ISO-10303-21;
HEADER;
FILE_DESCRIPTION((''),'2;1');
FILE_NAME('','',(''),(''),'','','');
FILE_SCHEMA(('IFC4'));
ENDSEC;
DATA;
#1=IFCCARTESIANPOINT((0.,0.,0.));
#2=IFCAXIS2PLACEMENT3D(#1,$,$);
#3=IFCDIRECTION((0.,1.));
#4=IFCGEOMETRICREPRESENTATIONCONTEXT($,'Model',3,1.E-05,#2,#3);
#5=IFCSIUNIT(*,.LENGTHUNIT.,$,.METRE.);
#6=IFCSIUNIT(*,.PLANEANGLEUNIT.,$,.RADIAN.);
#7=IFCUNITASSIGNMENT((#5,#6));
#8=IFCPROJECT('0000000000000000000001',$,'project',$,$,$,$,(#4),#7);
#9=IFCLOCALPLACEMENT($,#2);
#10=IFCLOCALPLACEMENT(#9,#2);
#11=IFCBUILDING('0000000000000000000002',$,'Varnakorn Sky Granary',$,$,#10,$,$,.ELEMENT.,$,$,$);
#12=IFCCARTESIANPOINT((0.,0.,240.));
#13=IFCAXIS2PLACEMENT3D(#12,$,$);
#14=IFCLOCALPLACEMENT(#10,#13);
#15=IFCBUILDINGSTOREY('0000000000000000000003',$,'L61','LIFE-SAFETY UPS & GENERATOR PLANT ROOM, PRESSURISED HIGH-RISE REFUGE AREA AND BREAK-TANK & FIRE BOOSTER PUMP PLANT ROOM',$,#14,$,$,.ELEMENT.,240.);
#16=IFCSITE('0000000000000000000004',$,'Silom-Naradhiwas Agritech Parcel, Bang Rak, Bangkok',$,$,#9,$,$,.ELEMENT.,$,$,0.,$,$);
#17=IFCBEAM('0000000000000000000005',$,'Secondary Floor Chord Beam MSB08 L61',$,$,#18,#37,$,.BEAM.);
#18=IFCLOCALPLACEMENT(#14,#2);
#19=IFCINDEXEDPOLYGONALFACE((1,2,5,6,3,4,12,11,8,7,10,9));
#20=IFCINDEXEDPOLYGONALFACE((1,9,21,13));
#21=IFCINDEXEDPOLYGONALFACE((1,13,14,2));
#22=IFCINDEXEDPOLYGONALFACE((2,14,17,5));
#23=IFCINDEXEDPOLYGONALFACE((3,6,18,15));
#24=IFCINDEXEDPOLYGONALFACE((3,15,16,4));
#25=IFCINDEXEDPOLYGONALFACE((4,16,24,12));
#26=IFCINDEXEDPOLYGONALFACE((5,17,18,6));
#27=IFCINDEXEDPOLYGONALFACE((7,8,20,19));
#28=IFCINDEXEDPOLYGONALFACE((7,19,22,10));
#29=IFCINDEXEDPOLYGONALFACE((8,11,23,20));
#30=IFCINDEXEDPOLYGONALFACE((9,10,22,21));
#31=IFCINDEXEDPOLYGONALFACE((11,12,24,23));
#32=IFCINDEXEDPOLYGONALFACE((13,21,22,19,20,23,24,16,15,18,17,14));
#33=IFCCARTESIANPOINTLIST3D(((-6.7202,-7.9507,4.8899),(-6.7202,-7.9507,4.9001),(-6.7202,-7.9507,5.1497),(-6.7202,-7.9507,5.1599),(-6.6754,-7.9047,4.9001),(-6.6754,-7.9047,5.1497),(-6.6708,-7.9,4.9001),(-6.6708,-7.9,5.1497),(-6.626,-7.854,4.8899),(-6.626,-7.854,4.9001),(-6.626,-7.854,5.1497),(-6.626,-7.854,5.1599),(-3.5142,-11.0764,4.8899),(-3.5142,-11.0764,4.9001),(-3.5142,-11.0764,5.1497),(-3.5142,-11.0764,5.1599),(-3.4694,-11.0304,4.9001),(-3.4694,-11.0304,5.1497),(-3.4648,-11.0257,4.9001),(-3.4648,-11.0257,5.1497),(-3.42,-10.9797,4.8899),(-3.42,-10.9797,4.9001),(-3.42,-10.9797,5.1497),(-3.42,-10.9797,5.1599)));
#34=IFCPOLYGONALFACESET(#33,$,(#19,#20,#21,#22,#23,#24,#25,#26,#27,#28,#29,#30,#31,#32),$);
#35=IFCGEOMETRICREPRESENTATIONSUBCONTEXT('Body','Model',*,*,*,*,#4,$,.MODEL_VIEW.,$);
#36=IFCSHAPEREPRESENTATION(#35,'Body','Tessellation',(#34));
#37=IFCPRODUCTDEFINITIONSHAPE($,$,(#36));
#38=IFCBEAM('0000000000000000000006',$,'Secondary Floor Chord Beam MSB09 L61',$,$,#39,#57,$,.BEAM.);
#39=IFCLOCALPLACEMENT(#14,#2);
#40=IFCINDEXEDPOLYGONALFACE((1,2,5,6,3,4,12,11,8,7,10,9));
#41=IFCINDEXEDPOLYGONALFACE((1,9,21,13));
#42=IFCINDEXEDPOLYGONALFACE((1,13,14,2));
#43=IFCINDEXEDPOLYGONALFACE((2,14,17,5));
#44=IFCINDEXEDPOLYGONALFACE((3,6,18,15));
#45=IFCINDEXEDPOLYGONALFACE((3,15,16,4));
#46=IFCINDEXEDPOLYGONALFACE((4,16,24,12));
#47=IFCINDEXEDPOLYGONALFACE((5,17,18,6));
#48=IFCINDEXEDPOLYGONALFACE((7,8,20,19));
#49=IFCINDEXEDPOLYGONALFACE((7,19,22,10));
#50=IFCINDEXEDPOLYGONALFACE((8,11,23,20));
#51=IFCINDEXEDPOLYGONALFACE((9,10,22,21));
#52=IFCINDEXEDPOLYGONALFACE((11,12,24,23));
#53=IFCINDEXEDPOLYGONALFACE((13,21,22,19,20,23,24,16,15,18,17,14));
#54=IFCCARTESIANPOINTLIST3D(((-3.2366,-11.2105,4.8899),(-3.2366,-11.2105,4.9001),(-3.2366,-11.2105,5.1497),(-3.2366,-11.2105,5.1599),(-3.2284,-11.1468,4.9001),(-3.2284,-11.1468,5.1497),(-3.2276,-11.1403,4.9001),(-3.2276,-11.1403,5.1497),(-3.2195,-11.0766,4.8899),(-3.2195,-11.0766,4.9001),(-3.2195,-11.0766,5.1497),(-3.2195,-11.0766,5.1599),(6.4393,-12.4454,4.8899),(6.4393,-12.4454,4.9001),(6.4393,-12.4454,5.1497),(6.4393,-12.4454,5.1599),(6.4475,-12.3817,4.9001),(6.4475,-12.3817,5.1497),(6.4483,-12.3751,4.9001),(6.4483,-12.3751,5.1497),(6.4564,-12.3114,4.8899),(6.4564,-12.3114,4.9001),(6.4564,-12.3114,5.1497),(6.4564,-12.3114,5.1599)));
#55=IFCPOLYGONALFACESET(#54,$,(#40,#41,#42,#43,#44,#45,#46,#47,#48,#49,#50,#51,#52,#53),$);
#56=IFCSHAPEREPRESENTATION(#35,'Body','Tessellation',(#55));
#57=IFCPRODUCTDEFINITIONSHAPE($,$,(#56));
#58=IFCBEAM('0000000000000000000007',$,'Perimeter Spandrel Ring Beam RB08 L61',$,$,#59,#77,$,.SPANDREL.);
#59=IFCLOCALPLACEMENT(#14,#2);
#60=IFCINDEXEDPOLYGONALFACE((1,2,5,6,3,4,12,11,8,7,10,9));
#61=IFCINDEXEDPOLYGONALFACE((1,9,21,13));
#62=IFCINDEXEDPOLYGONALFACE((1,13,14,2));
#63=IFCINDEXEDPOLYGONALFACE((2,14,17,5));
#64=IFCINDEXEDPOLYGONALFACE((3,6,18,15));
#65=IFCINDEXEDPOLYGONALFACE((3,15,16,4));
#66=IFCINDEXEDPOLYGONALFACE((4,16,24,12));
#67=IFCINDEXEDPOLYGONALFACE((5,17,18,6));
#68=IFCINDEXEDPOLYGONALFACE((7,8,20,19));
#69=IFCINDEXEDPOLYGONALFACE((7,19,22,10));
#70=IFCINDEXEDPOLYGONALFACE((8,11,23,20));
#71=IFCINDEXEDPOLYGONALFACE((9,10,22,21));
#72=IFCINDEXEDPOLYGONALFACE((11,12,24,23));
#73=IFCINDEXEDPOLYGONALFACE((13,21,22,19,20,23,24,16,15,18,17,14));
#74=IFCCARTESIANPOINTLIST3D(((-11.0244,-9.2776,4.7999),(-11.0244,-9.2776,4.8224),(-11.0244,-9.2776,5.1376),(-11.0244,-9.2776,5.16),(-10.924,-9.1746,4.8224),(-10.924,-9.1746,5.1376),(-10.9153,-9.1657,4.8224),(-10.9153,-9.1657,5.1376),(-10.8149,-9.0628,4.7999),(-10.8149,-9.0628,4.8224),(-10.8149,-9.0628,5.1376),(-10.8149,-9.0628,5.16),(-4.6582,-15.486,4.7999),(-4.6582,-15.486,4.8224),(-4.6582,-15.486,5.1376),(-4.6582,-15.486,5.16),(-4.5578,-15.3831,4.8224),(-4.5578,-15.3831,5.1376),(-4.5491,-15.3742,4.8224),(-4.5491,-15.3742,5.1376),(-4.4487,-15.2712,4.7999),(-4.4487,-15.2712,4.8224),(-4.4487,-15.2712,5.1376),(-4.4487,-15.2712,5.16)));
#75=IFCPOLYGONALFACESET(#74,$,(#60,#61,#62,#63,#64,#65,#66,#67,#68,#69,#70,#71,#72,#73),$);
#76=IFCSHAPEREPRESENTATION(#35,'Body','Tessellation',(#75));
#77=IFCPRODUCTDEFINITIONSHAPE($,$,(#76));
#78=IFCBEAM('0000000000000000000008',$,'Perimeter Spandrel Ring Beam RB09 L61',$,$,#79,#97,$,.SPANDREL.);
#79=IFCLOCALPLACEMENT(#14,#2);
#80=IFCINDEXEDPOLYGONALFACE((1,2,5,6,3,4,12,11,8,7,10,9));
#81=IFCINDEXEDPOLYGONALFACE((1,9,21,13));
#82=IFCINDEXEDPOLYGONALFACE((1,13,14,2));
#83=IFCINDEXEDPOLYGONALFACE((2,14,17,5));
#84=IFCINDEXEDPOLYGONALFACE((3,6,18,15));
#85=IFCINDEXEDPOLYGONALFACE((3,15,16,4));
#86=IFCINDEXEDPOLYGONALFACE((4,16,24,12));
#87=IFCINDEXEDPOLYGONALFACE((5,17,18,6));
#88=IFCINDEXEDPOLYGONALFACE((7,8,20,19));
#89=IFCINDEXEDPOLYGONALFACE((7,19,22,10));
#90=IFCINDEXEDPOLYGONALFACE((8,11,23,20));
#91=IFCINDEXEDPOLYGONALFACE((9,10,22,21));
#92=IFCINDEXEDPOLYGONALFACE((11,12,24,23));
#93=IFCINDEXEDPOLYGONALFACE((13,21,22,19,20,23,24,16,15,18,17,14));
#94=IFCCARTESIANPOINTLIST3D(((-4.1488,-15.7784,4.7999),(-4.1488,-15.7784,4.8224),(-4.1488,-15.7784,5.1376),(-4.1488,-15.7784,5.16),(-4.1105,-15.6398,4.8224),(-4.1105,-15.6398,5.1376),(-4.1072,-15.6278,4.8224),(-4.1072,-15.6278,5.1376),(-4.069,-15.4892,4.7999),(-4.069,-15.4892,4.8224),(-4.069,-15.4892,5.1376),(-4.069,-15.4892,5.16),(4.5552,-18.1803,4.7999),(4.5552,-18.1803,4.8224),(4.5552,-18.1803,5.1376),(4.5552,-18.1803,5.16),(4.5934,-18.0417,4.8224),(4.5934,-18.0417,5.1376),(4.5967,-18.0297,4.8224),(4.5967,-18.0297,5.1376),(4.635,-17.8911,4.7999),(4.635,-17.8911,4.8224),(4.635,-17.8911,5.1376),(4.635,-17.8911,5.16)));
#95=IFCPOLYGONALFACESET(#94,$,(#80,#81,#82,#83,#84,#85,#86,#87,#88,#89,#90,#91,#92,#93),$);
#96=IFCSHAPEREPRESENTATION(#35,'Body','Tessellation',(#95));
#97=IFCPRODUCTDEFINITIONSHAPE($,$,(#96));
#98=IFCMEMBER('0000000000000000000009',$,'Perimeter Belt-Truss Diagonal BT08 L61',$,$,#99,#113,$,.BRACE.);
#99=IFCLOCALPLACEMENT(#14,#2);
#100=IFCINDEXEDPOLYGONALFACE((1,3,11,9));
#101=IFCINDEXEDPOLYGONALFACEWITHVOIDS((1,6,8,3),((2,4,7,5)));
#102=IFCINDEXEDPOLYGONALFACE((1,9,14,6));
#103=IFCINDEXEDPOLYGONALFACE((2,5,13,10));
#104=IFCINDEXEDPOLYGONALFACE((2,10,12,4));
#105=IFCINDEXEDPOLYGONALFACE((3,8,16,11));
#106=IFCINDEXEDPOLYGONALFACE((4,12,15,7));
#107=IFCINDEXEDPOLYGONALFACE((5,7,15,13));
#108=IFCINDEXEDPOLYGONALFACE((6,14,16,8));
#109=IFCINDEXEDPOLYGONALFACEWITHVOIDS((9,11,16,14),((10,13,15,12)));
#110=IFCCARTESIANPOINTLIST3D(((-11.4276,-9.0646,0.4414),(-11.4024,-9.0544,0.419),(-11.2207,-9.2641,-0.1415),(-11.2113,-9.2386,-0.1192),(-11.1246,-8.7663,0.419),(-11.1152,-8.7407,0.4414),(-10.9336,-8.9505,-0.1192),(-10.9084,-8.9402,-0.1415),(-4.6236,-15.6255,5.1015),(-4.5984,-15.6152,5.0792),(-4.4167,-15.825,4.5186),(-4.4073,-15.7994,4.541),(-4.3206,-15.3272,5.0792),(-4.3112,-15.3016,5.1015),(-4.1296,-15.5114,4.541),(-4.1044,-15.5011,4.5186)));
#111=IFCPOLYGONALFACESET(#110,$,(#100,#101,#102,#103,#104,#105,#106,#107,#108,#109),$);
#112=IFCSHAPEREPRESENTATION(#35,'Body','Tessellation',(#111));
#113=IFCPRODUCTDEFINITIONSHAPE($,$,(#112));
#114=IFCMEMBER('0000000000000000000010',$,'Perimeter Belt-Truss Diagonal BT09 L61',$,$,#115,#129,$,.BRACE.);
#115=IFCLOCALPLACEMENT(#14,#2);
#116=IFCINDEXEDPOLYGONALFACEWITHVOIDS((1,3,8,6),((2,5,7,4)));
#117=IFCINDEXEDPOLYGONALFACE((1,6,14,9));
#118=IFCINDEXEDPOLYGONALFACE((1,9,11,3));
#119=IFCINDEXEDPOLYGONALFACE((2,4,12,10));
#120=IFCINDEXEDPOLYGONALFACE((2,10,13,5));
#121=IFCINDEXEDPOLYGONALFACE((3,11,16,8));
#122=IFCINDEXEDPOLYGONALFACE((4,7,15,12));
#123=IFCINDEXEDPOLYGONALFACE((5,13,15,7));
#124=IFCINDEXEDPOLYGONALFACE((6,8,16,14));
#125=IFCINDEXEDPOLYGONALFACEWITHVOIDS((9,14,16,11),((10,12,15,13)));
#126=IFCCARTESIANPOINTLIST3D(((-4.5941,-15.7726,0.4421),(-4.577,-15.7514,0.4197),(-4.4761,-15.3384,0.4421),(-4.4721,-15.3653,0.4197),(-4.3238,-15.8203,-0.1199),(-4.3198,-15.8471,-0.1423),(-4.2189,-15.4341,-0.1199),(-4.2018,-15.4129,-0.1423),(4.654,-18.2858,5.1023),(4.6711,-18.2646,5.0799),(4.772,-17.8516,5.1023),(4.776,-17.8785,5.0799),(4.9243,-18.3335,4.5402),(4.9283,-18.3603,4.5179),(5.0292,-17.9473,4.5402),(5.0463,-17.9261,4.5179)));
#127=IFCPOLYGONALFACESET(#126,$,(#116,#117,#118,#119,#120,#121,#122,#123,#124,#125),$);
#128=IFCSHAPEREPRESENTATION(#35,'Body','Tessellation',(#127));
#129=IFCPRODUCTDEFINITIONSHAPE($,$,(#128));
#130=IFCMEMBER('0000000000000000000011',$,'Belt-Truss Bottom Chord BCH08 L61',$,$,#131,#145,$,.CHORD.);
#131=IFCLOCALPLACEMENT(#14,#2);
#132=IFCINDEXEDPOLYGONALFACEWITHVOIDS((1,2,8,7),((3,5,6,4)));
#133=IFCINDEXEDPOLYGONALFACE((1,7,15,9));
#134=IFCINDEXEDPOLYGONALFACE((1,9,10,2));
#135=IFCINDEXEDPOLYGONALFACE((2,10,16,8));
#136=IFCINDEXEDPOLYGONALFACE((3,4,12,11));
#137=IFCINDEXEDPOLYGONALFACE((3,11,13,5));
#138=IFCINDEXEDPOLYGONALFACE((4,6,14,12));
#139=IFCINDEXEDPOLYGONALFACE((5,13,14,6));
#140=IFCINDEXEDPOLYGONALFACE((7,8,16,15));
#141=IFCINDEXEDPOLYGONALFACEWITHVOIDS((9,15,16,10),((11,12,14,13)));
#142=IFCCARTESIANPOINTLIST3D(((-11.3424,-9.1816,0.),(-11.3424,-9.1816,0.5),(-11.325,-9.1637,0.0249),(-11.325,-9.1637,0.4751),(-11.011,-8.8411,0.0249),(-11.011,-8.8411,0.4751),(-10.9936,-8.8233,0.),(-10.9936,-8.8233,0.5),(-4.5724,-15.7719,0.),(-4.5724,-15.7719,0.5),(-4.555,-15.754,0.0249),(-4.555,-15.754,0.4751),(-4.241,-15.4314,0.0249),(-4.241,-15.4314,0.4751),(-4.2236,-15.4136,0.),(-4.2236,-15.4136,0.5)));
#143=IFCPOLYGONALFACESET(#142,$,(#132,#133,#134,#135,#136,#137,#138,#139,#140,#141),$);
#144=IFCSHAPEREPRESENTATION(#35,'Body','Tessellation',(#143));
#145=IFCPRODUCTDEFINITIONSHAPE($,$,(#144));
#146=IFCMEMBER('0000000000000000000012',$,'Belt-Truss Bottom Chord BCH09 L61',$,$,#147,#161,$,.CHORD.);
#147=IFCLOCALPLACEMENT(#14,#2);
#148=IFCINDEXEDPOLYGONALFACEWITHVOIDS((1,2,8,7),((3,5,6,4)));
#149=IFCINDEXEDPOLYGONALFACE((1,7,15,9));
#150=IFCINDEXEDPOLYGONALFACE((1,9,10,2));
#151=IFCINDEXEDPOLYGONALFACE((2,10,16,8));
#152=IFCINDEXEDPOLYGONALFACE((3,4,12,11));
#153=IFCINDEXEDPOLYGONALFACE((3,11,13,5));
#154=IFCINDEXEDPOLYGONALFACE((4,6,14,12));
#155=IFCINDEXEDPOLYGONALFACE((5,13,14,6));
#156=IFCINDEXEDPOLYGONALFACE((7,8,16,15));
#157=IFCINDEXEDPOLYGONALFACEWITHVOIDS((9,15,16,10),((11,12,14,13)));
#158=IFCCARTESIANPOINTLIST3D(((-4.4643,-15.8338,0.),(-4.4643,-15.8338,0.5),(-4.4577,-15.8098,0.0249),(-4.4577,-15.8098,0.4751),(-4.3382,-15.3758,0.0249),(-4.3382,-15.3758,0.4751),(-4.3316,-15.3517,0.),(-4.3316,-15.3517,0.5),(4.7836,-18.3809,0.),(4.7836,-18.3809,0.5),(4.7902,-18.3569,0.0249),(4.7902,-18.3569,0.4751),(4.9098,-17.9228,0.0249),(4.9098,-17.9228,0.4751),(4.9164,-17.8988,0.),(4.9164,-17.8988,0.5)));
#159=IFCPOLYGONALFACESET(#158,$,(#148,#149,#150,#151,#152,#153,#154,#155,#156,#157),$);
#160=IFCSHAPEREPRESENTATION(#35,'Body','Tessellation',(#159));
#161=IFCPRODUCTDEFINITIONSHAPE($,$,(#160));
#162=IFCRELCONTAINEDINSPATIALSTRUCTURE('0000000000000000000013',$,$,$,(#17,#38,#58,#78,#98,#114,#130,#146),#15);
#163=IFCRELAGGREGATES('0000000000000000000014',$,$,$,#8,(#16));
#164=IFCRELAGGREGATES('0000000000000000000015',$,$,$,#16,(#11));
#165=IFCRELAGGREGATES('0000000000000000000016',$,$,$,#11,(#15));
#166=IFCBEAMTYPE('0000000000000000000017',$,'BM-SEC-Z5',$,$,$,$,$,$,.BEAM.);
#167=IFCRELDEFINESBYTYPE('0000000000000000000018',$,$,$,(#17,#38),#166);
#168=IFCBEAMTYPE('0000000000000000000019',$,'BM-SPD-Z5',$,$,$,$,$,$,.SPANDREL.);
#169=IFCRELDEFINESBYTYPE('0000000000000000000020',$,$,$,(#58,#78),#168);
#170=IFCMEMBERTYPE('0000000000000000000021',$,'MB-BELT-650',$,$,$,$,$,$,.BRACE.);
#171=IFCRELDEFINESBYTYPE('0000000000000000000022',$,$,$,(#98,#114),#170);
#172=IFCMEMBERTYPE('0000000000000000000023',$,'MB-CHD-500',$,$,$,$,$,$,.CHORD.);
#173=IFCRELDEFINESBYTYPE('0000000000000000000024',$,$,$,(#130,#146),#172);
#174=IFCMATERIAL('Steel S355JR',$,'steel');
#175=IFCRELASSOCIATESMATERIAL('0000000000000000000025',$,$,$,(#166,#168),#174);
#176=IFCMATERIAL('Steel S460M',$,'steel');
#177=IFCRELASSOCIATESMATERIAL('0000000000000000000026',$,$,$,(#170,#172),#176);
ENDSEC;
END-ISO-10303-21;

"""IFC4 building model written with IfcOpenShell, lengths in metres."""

from ifc_helpers import new_model, si_unit, direction, frame, origin, origin_2d, place, context, subcontext, project, spatial, hollow_rectangle, i_section, extrude, material, material_profile, profile_set, type_object, element, save


model = new_model("IFC4")

# Units and contexts
model_context = context("Model", 3, precision=1e-05, world=origin(), true_north=direction((0.0, 1.0)))
body_context = subcontext(model_context, "Body", "Model", "MODEL_VIEW")
ifc_project = project(units=[si_unit("LENGTHUNIT", "METRE"), si_unit("PLANEANGLEUNIT", "RADIAN")], contexts=[model_context])

# Site, building, storey
site_placement = place(None, origin())
site = spatial("IfcSite", under=ifc_project, at=site_placement, Name="Silom-Naradhiwas Agritech Parcel, Bang Rak, Bangkok", CompositionType="ELEMENT", RefElevation=0.0)
building_placement = place(site_placement, origin())
building = spatial("IfcBuilding", under=site, at=building_placement, Name="Varnakorn Sky Granary", CompositionType="ELEMENT")
storey_placement = place(building_placement, frame((0.0, 0.0, 240.0)))
storey = spatial("IfcBuildingStorey", under=building, at=storey_placement, Name="L61", Description="LIFE-SAFETY UPS & GENERATOR PLANT ROOM, PRESSURISED HIGH-RISE REFUGE AREA AND BREAK-TANK & FIRE BOOSTER PUMP PLANT ROOM", CompositionType="ELEMENT", Elevation=240.0)

# Shared definitions
ifc_material_1 = material(Name="Steel S460M", Category="steel")

# Beams
ifc_material_2 = material(Name="Steel S355JR", Category="steel")
ifc_material_profile_1 = material_profile(ifc_material_2, i_section(OverallWidth=0.135, OverallDepth=0.27, WebThickness=0.0066, FlangeThickness=0.0103, at=origin_2d()), Name="IPE 270")
ifc_profile_set_1 = profile_set([ifc_material_profile_1], Name="Steel S355JR")
beam_type_1 = type_object("IfcBeamType", Name="BM-SEC-Z5", PredefinedType="BEAM", material=ifc_profile_set_1)
beam_1_placement = place(storey_placement, frame((-6.6731, -7.9023, 5.0249), z_axis=(0.716019, -0.698081, 0.0), x_axis=(0.698081, 0.716019, 0.0)))
element("IfcBeam", 1, at=beam_1_placement, inside=storey, type_object=beam_type_1, Name="Secondary Floor Chord Beam MSB08 L61", PredefinedType="BEAM", context=body_context, shape_type="SweptSolid", body=[
    extrude(i_section(OverallWidth=0.135, OverallDepth=0.27, WebThickness=0.0066, FlangeThickness=0.0103, at=origin_2d()), origin(), (0.0, 0.0, 1.0), 4.4775),
])
beam_2_placement = place(storey_placement, frame((-3.228, -11.1436, 5.0249), z_axis=(0.991955, -0.126594, 0.0), x_axis=(0.126594, 0.991955, 0.0)))
element("IfcBeam", 2, at=beam_2_placement, inside=storey, type_object=beam_type_1, Name="Secondary Floor Chord Beam MSB09 L61", PredefinedType="BEAM", context=body_context, shape_type="SweptSolid", body=[
    extrude(i_section(OverallWidth=0.135, OverallDepth=0.27, WebThickness=0.0066, FlangeThickness=0.0103, at=origin_2d()), origin(), (0.0, 0.0, 1.0), 9.7544),
])
ifc_material_profile_2 = material_profile(ifc_material_2, i_section(OverallWidth=0.3, OverallDepth=0.3601, WebThickness=0.0125, FlangeThickness=0.0225, at=origin_2d()), Name="HE 360 B")
ifc_profile_set_2 = profile_set([ifc_material_profile_2], Name="Steel S355JR")
beam_type_2 = type_object("IfcBeamType", Name="BM-SPD-Z5", PredefinedType="SPANDREL", material=ifc_profile_set_2)
beam_3_placement = place(storey_placement, frame((-10.9197, -9.1702, 4.98), z_axis=(0.715919, -0.698183, 0.0), x_axis=(0.698183, 0.715919, 0.0)))
element("IfcBeam", 3, at=beam_3_placement, inside=storey, type_object=beam_type_2, Name="Perimeter Spandrel Ring Beam RB08 L61", PredefinedType="SPANDREL", context=body_context, shape_type="SweptSolid", body=[
    extrude(i_section(OverallWidth=0.3, OverallDepth=0.3601, WebThickness=0.0125, FlangeThickness=0.0225, at=origin_2d()), origin(), (0.0, 0.0, 1.0), 8.8923),
])
beam_4_placement = place(storey_placement, frame((-4.1089, -15.6338, 4.98), z_axis=(0.96397, -0.26601, 0.0), x_axis=(0.26601, 0.96397, 0.0)))
element("IfcBeam", 4, at=beam_4_placement, inside=storey, type_object=beam_type_2, Name="Perimeter Spandrel Ring Beam RB09 L61", PredefinedType="SPANDREL", context=body_context, shape_type="SweptSolid", body=[
    extrude(i_section(OverallWidth=0.3, OverallDepth=0.3601, WebThickness=0.0125, FlangeThickness=0.0225, at=origin_2d()), origin(), (0.0, 0.0, 1.0), 9.0293),
])

# Members
ifc_material_profile_3 = material_profile(ifc_material_1, hollow_rectangle(XDim=0.45, YDim=0.6499, WallThickness=0.0249, at=origin_2d()), Name="RHS 450x650x25")
ifc_profile_set_3 = profile_set([ifc_material_profile_3], Name="Steel S460M")
member_type_1 = type_object("IfcMemberType", Name="MB-BELT-650", PredefinedType="BRACE", material=ifc_profile_set_3)
member_1_placement = place(storey_placement, frame((-11.168, -9.0024, 0.1499), z_axis=(0.645643, -0.622569, 0.442213), x_axis=(0.694126, 0.719853, 0.0)))
element("IfcMember", 5, at=member_1_placement, inside=storey, type_object=member_type_1, Name="Perimeter Belt-Truss Diagonal BT08 L61", PredefinedType="BRACE", context=body_context, shape_type="SweptSolid", body=[
    extrude(hollow_rectangle(XDim=0.45, YDim=0.6499, WallThickness=0.0249, at=origin_2d()), origin(), (0.0, 0.0, 1.0), 10.5383),
])
member_2_placement = place(storey_placement, frame((-4.3979, -15.5928, 0.1499), z_axis=(0.867837, -0.235837, 0.437309), x_axis=(0.262242, 0.965002, 0.0)))
element("IfcMember", 6, at=member_2_placement, inside=storey, type_object=member_type_1, Name="Perimeter Belt-Truss Diagonal BT09 L61", PredefinedType="BRACE", context=body_context, shape_type="SweptSolid", body=[
    extrude(hollow_rectangle(XDim=0.45, YDim=0.6499, WallThickness=0.0249, at=origin_2d()), origin(), (0.0, 0.0, 1.0), 10.6565),
])
ifc_material_profile_4 = material_profile(ifc_material_1, hollow_rectangle(XDim=0.5, YDim=0.5, WallThickness=0.0249, at=origin_2d()), Name="SHS 500x500x25")
ifc_profile_set_4 = profile_set([ifc_material_profile_4], Name="Steel S460M")
member_type_2 = type_object("IfcMemberType", Name="MB-CHD-500", PredefinedType="CHORD", material=ifc_profile_set_4)
member_3_placement = place(storey_placement, frame((-11.168, -9.0024, 0.25), z_axis=(0.716552, -0.697534, 0.0), x_axis=(0.697534, 0.716552, 0.0)))
element("IfcMember", 7, at=member_3_placement, inside=storey, type_object=member_type_2, Name="Belt-Truss Bottom Chord BCH08 L61", PredefinedType="CHORD", context=body_context, shape_type="SweptSolid", body=[
    extrude(hollow_rectangle(XDim=0.5, YDim=0.5, WallThickness=0.0249, at=origin_2d()), origin(), (0.0, 0.0, 1.0), 9.448),
])
member_4_placement = place(storey_placement, frame((-4.3979, -15.5928, 0.25), z_axis=(0.964101, -0.265535, 0.0), x_axis=(0.265535, 0.964101, 0.0)))
element("IfcMember", 8, at=member_4_placement, inside=storey, type_object=member_type_2, Name="Belt-Truss Bottom Chord BCH09 L61", PredefinedType="CHORD", context=body_context, shape_type="SweptSolid", body=[
    extrude(hollow_rectangle(XDim=0.5, YDim=0.5, WallThickness=0.0249, at=origin_2d()), origin(), (0.0, 0.0, 1.0), 9.5923),
])

save(model, "model.ifc")
